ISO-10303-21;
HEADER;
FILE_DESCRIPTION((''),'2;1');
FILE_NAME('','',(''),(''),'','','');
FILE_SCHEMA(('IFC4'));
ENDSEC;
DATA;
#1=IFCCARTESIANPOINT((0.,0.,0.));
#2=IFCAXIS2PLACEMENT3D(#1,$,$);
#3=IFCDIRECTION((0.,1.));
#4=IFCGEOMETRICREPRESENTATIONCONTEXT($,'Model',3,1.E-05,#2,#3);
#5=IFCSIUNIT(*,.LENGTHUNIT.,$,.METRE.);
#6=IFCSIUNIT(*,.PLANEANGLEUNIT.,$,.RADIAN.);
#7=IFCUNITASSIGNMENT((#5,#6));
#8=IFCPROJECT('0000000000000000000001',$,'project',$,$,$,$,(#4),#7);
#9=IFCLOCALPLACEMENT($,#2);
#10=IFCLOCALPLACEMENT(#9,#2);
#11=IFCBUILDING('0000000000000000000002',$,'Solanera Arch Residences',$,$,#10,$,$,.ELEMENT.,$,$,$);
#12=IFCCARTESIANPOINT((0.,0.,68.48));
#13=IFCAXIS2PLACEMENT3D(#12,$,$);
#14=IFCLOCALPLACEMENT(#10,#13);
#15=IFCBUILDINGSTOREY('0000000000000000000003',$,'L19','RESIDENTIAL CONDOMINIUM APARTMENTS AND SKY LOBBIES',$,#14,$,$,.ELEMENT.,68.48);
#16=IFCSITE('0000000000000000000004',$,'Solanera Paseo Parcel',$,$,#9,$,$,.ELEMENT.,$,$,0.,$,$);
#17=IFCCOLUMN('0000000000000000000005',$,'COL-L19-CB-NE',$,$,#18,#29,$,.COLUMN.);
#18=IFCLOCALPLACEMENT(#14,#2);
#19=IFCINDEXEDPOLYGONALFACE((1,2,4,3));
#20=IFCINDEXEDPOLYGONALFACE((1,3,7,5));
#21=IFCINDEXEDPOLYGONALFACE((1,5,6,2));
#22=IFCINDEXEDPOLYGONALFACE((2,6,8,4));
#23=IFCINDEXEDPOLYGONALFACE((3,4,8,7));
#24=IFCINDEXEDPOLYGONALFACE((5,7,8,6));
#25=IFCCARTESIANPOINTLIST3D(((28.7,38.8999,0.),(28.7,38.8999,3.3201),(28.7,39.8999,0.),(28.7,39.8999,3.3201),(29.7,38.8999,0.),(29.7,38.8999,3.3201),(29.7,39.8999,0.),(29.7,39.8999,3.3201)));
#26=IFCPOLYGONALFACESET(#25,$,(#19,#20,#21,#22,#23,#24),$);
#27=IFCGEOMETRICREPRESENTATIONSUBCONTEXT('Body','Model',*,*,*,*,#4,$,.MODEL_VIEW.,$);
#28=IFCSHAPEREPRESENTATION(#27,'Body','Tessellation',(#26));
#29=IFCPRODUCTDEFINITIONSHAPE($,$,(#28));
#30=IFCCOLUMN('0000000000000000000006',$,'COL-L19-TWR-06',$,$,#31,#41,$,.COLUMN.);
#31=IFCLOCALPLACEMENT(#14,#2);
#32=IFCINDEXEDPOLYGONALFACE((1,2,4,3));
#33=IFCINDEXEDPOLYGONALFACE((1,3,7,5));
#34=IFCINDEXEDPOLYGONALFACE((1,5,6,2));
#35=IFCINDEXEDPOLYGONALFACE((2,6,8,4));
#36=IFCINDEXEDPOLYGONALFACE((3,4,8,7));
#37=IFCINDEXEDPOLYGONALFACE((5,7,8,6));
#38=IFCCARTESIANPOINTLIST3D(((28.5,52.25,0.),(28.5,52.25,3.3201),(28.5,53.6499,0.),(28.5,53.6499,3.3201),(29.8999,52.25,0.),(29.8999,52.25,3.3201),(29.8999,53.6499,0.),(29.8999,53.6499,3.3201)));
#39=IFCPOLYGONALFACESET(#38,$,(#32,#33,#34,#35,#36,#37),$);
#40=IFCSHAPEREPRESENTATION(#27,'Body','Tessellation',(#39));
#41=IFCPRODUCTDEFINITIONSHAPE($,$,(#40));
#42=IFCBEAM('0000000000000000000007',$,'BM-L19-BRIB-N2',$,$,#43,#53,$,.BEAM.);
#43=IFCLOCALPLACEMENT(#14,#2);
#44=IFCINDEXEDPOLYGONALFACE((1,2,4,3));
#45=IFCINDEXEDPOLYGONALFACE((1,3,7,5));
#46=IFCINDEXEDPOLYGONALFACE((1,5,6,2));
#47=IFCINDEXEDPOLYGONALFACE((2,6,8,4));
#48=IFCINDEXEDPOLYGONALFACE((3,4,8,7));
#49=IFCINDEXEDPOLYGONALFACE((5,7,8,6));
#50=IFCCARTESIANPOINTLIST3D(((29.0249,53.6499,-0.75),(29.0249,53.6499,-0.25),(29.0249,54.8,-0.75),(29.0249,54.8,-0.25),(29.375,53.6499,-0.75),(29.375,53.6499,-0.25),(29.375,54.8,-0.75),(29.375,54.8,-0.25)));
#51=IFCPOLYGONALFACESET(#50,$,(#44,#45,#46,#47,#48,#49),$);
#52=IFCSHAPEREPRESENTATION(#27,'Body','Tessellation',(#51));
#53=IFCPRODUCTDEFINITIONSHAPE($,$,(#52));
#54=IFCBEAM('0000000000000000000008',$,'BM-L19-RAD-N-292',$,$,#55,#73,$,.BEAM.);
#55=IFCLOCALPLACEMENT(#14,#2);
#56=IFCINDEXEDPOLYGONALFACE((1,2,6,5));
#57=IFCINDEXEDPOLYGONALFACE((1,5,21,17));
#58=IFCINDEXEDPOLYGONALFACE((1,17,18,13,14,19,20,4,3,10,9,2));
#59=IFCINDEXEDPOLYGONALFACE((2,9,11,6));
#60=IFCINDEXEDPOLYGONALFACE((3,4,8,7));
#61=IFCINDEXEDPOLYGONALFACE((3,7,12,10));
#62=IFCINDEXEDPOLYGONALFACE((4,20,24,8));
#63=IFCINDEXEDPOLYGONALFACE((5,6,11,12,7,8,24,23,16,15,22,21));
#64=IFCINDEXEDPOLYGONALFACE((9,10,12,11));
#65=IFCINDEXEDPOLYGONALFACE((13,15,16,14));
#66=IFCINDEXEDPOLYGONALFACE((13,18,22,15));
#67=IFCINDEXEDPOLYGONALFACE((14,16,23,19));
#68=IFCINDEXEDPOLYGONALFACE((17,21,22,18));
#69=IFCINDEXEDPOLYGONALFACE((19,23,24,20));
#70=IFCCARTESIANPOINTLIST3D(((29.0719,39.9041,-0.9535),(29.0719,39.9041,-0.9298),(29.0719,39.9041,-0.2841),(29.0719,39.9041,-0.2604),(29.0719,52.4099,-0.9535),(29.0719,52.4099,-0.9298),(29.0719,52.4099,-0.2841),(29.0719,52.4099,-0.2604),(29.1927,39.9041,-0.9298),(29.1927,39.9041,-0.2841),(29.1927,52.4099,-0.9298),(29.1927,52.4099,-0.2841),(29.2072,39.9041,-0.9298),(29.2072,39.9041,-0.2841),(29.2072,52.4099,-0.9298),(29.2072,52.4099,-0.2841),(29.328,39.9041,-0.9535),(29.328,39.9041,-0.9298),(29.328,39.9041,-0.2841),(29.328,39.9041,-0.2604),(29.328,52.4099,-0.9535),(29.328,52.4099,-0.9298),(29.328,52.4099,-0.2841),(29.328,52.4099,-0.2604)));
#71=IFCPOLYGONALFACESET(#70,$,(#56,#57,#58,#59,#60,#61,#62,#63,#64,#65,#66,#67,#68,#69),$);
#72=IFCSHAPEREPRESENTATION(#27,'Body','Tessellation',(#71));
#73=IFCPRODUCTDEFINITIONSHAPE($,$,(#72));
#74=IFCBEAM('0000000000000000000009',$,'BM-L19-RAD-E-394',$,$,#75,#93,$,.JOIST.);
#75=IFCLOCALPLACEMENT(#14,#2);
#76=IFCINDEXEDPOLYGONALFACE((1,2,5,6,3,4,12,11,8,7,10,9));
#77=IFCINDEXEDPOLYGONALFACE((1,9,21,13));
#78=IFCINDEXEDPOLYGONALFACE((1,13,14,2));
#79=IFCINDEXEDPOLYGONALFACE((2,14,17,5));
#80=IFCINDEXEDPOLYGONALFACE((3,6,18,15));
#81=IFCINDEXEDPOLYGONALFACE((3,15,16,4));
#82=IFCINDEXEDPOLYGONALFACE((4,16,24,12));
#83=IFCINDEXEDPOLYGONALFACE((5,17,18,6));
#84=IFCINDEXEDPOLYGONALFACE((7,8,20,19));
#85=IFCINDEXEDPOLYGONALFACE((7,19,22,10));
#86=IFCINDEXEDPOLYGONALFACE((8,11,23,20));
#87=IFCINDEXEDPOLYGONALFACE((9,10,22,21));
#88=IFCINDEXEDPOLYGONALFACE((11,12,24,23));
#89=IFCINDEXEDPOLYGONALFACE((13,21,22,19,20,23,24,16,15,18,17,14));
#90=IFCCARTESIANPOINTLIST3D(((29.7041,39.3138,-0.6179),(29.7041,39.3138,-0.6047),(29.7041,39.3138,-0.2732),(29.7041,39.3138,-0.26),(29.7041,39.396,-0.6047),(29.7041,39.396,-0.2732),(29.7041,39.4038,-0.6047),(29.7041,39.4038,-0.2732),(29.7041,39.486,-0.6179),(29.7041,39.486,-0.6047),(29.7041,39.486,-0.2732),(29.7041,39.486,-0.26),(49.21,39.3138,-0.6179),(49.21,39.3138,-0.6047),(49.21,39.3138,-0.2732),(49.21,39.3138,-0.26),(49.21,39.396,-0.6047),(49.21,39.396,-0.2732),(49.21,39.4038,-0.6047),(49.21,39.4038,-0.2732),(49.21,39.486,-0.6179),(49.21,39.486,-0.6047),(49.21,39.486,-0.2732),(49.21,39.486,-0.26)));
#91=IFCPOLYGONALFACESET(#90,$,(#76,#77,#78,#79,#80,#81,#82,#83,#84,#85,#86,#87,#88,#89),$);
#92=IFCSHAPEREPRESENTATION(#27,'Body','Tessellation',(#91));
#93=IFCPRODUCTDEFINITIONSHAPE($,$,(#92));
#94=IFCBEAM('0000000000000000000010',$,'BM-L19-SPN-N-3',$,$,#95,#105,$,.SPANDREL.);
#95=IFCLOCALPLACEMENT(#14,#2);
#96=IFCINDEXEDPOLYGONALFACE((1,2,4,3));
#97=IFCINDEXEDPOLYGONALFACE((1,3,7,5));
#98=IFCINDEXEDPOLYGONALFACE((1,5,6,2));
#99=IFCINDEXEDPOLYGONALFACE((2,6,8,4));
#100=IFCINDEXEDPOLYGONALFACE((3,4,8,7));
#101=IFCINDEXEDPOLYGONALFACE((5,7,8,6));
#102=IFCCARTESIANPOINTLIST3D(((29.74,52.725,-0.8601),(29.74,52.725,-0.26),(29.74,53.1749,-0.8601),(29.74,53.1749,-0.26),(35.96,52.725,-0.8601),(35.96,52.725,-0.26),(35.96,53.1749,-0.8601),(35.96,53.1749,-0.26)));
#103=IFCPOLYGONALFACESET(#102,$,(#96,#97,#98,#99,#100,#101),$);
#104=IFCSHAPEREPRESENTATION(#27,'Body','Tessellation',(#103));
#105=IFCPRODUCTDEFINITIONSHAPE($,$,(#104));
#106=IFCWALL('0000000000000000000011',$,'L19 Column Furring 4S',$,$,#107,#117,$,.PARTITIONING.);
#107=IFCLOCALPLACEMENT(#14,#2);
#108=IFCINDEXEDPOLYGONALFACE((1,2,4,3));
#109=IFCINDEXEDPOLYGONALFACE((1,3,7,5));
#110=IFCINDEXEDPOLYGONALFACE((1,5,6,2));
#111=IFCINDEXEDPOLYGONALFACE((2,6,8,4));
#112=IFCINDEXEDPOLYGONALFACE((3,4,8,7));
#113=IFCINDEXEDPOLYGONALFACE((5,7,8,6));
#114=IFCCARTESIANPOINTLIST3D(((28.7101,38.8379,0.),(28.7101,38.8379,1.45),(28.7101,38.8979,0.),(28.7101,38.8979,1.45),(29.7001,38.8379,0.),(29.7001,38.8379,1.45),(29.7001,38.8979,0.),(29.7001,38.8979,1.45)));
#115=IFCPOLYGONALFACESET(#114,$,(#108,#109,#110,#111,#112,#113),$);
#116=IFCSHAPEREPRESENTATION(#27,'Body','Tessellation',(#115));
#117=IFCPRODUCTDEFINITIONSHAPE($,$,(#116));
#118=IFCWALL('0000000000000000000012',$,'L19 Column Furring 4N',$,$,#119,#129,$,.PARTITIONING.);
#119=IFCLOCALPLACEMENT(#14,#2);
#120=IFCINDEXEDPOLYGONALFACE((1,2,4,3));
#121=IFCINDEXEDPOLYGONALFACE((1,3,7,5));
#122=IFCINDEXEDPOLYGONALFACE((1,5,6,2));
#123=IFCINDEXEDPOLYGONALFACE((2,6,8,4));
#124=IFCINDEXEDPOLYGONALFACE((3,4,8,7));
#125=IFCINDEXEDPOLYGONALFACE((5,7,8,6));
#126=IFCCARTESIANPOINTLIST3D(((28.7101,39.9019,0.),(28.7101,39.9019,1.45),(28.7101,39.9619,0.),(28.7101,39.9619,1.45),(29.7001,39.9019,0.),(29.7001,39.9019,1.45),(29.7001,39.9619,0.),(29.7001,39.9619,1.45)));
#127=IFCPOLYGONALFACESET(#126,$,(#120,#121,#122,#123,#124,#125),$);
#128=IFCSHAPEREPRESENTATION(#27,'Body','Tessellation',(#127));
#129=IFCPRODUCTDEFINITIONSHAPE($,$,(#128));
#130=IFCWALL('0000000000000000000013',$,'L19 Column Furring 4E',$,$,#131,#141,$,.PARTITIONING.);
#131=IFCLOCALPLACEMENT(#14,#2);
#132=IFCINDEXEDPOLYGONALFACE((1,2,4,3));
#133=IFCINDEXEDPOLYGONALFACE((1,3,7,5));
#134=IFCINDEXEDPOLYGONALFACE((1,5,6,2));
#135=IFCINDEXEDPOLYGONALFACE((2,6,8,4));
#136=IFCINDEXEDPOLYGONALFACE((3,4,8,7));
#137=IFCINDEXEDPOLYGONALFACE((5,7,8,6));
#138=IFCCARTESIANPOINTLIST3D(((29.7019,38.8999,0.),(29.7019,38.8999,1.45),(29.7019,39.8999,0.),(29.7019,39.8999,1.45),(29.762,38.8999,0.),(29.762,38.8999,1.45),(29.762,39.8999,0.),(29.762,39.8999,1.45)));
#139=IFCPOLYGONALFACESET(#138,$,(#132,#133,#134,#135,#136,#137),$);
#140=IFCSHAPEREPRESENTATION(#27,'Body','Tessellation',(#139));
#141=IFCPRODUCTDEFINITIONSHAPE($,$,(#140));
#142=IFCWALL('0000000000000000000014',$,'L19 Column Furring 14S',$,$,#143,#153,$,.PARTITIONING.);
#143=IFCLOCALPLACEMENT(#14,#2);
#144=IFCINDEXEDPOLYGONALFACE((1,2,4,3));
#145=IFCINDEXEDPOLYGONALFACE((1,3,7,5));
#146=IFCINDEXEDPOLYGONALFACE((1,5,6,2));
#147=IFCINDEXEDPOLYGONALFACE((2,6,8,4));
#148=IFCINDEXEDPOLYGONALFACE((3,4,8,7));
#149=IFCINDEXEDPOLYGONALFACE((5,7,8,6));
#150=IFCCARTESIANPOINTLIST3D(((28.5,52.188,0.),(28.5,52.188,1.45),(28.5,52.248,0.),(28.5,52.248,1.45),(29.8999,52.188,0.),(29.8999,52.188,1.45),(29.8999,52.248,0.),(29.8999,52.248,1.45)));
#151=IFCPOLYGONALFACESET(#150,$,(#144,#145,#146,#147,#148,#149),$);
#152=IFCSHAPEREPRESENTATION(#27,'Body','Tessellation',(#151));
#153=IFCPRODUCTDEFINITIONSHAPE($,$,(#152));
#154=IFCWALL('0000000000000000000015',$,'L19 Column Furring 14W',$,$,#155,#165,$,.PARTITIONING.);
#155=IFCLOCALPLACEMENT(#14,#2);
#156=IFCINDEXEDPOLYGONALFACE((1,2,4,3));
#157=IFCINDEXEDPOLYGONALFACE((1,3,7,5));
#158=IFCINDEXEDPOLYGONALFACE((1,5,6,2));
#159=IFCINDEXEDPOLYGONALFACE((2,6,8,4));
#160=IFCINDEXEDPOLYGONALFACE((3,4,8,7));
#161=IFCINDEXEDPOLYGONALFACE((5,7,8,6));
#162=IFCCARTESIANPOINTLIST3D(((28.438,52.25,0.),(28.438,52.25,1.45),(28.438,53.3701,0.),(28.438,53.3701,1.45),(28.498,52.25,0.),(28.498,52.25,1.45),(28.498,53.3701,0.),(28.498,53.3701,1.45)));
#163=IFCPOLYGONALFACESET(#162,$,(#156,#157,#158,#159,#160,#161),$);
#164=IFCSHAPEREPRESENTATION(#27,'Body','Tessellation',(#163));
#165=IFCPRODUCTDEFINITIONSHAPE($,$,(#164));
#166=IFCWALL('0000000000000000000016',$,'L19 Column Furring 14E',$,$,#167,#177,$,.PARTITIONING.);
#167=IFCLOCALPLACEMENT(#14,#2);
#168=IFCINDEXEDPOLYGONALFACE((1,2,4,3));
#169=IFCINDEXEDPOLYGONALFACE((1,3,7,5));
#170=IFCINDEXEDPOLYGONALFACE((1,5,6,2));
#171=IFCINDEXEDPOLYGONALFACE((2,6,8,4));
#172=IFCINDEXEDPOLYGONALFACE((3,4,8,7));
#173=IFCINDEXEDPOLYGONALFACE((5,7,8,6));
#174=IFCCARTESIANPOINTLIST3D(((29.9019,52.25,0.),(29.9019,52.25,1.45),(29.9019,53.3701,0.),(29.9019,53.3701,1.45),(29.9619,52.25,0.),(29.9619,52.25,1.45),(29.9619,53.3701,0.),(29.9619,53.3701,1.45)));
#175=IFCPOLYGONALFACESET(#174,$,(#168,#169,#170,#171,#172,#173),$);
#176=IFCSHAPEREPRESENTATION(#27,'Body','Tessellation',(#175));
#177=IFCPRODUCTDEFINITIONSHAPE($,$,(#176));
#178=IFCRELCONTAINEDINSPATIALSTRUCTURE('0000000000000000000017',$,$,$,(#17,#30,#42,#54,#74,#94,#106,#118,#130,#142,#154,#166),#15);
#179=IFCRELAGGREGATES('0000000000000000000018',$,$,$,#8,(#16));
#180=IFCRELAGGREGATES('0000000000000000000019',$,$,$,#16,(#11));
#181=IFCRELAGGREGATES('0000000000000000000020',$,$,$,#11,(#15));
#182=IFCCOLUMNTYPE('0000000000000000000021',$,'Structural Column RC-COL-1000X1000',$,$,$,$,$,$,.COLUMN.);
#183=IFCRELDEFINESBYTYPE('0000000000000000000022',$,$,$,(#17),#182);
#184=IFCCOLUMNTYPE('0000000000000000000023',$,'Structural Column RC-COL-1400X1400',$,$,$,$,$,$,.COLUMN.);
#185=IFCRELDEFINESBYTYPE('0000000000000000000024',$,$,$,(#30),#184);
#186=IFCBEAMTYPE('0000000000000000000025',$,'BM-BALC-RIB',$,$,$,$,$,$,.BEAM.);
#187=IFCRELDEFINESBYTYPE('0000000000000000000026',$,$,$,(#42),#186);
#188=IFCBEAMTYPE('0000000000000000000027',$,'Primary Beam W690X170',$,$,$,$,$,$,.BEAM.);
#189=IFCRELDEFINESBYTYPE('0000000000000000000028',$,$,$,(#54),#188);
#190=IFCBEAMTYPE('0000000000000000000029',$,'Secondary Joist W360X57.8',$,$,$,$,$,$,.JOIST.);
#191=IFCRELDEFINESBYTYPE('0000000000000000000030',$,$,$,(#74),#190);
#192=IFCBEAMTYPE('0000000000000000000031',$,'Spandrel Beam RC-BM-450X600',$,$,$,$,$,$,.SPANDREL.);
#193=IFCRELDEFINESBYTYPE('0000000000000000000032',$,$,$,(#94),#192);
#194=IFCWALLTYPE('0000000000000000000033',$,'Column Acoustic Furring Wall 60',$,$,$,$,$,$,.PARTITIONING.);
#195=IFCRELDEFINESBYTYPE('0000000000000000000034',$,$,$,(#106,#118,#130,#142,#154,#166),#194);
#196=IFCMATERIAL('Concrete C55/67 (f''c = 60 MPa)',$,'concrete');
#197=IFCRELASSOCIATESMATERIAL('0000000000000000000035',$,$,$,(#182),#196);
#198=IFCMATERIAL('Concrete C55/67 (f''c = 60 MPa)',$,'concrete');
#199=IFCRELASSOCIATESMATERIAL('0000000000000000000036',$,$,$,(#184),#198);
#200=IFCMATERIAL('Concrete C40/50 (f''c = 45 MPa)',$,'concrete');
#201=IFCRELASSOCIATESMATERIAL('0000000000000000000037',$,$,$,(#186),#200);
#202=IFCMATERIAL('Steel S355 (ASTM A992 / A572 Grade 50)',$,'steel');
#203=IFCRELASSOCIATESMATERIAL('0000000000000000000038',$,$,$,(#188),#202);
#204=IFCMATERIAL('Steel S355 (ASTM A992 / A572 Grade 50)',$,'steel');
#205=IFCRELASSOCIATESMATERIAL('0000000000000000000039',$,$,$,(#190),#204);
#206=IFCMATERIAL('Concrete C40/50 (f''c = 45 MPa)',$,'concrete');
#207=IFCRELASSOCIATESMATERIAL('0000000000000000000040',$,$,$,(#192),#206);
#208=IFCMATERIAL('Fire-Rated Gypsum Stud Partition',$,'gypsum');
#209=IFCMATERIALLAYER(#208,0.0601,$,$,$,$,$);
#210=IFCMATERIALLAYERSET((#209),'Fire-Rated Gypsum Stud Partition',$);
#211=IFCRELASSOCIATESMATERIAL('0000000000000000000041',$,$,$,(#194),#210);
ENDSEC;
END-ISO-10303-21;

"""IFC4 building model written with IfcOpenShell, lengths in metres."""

from ifc_helpers import new_model, si_unit, direction, frame, frame_2d, origin, origin_2d, place, context, subcontext, project, spatial, rectangle, i_section, extrude, material, layer, layer_set, material_profile, profile_set, type_object, element, save


model = new_model("IFC4")

# Units and contexts
model_context = context("Model", 3, precision=1e-05, world=origin(), true_north=direction((0.0, 1.0)))
body_context = subcontext(model_context, "Body", "Model", "MODEL_VIEW")
ifc_project = project(units=[si_unit("LENGTHUNIT", "METRE"), si_unit("PLANEANGLEUNIT", "RADIAN")], contexts=[model_context])

# Site, building, storey
site_placement = place(None, origin())
site = spatial("IfcSite", under=ifc_project, at=site_placement, Name="Solanera Paseo Parcel", CompositionType="ELEMENT", RefElevation=0.0)
building_placement = place(site_placement, origin())
building = spatial("IfcBuilding", under=site, at=building_placement, Name="Solanera Arch Residences", CompositionType="ELEMENT")
storey_placement = place(building_placement, frame((0.0, 0.0, 68.48)))
storey = spatial("IfcBuildingStorey", under=building, at=storey_placement, Name="L19", Description="RESIDENTIAL CONDOMINIUM APARTMENTS AND SKY LOBBIES", CompositionType="ELEMENT", Elevation=68.48)

# Columns
ifc_material_1 = material(Name="Concrete C55/67 (f'c = 60 MPa)", Category="concrete")
ifc_material_profile_1 = material_profile(ifc_material_1, rectangle(XDim=1.0, YDim=1.0, at=origin_2d()))
ifc_profile_set_1 = profile_set([ifc_material_profile_1], Name="Concrete C55/67 (f'c = 60 MPa)")
column_type_1 = type_object("IfcColumnType", Name="Structural Column RC-COL-1000X1000", PredefinedType="COLUMN", material=ifc_profile_set_1)
column_1_placement = place(storey_placement, frame((29.2, 39.3999, 0.0), z_axis=(0.0, 0.0, 1.0), x_axis=(1.0, 0.0, 0.0)))
element("IfcColumn", 1, at=column_1_placement, inside=storey, type_object=column_type_1, Name="COL-L19-CB-NE", PredefinedType="COLUMN", context=body_context, shape_type="SweptSolid", body=[
    extrude(rectangle(XDim=1.0, YDim=1.0, at=origin_2d()), origin(), (0.0, 0.0, 1.0), 3.3201),
])
ifc_material_2 = material(Name="Concrete C55/67 (f'c = 60 MPa)", Category="concrete")
ifc_material_profile_2 = material_profile(ifc_material_2, rectangle(XDim=1.3999, YDim=1.3999, at=origin_2d()))
ifc_profile_set_2 = profile_set([ifc_material_profile_2], Name="Concrete C55/67 (f'c = 60 MPa)")
column_type_2 = type_object("IfcColumnType", Name="Structural Column RC-COL-1400X1400", PredefinedType="COLUMN", material=ifc_profile_set_2)
column_2_placement = place(storey_placement, frame((29.2, 52.95, 0.0), z_axis=(0.0, 0.0, 1.0), x_axis=(1.0, 0.0, 0.0)))
element("IfcColumn", 2, at=column_2_placement, inside=storey, type_object=column_type_2, Name="COL-L19-TWR-06", PredefinedType="COLUMN", context=body_context, shape_type="SweptSolid", body=[
    extrude(rectangle(XDim=1.3999, YDim=1.3999, at=origin_2d()), origin(), (0.0, 0.0, 1.0), 3.3201),
])

# Beams
ifc_material_3 = material(Name="Concrete C40/50 (f'c = 45 MPa)", Category="concrete")
ifc_material_profile_3 = material_profile(ifc_material_3, rectangle(XDim=0.3501, YDim=0.5, at=origin_2d()))
ifc_profile_set_3 = profile_set([ifc_material_profile_3], Name="Concrete C40/50 (f'c = 45 MPa)")
beam_type_1 = type_object("IfcBeamType", Name="BM-BALC-RIB", PredefinedType="BEAM", material=ifc_profile_set_3)
beam_1_placement = place(storey_placement, frame((29.2, 53.6499, -0.5), z_axis=(0.0, 1.0, 0.0), x_axis=(-1.0, 0.0, 0.0)))
element("IfcBeam", 3, at=beam_1_placement, inside=storey, type_object=beam_type_1, Name="BM-L19-BRIB-N2", PredefinedType="BEAM", context=body_context, shape_type="SweptSolid", body=[
    extrude(rectangle(XDim=0.3501, YDim=0.5, at=origin_2d()), origin(), (0.0, 0.0, 1.0), 1.1501),
])
ifc_material_4 = material(Name="Steel S355 (ASTM A992 / A572 Grade 50)", Category="steel")
ifc_material_profile_4 = material_profile(ifc_material_4, i_section(OverallWidth=0.2561, OverallDepth=0.6931, WebThickness=0.0144, FlangeThickness=0.0237, at=origin_2d()))
ifc_profile_set_4 = profile_set([ifc_material_profile_4], Name="Steel S355 (ASTM A992 / A572 Grade 50)")
beam_type_2 = type_object("IfcBeamType", Name="Primary Beam W690X170", PredefinedType="BEAM", material=ifc_profile_set_4)
beam_2_placement = place(storey_placement, frame((29.2, 39.9041, -0.6069), z_axis=(0.0, 1.0, 0.0), x_axis=(-1.0, 0.0, 0.0)))
element("IfcBeam", 4, at=beam_2_placement, inside=storey, type_object=beam_type_2, Name="BM-L19-RAD-N-292", PredefinedType="BEAM", context=body_context, shape_type="SweptSolid", body=[
    extrude(i_section(OverallWidth=0.2561, OverallDepth=0.6931, WebThickness=0.0144, FlangeThickness=0.0237, at=origin_2d()), origin(), (0.0, 0.0, 1.0), 12.5059),
])
ifc_material_5 = material(Name="Steel S355 (ASTM A992 / A572 Grade 50)", Category="steel")
ifc_material_profile_5 = material_profile(ifc_material_5, i_section(OverallWidth=0.1721, OverallDepth=0.3579, WebThickness=0.0078, FlangeThickness=0.0132, at=origin_2d()))
ifc_profile_set_5 = profile_set([ifc_material_profile_5], Name="Steel S355 (ASTM A992 / A572 Grade 50)")
beam_type_3 = type_object("IfcBeamType", Name="Secondary Joist W360X57.8", PredefinedType="JOIST", material=ifc_profile_set_5)
beam_3_placement = place(storey_placement, frame((29.7041, 39.3999, -0.439), z_axis=(1.0, 0.0, 0.0), x_axis=(0.0, 1.0, 0.0)))
element("IfcBeam", 5, at=beam_3_placement, inside=storey, type_object=beam_type_3, Name="BM-L19-RAD-E-394", PredefinedType="JOIST", context=body_context, shape_type="SweptSolid", body=[
    extrude(i_section(OverallWidth=0.1721, OverallDepth=0.3579, WebThickness=0.0078, FlangeThickness=0.0132, at=origin_2d()), origin(), (0.0, 0.0, 1.0), 19.5059),
])
ifc_material_6 = material(Name="Concrete C40/50 (f'c = 45 MPa)", Category="concrete")
ifc_material_profile_6 = material_profile(ifc_material_6, rectangle(XDim=0.45, YDim=0.6001, at=origin_2d()))
ifc_profile_set_6 = profile_set([ifc_material_profile_6], Name="Concrete C40/50 (f'c = 45 MPa)")
beam_type_4 = type_object("IfcBeamType", Name="Spandrel Beam RC-BM-450X600", PredefinedType="SPANDREL", material=ifc_profile_set_6)
beam_4_placement = place(storey_placement, frame((29.74, 52.95, -0.5601), z_axis=(1.0, 0.0, 0.0), x_axis=(0.0, 1.0, 0.0)))
element("IfcBeam", 6, at=beam_4_placement, inside=storey, type_object=beam_type_4, Name="BM-L19-SPN-N-3", PredefinedType="SPANDREL", context=body_context, shape_type="SweptSolid", body=[
    extrude(rectangle(XDim=0.45, YDim=0.6001, at=origin_2d()), origin(), (0.0, 0.0, 1.0), 6.22),
])

# Walls
ifc_material_7 = material(Name="Fire-Rated Gypsum Stud Partition", Category="gypsum")
ifc_layer_1 = layer(ifc_material_7, 0.0601)
ifc_layer_set_1 = layer_set([ifc_layer_1], Name="Fire-Rated Gypsum Stud Partition")
wall_type_1 = type_object("IfcWallType", Name="Column Acoustic Furring Wall 60", PredefinedType="PARTITIONING", material=ifc_layer_set_1)
for number, where, z_axis, x_axis, name in (
    (7, (28.71, 38.8679, 0.0), (0.0, 0.0, 1.0), (1.0, 0.0, 0.0), "L19 Column Furring 4S"),
    (8, (28.71, 39.9319, 0.0), (0.0, 0.0, 1.0), (1.0, 0.0, 0.0), "L19 Column Furring 4N"),
):
    element("IfcWall", number, at=place(storey_placement, frame(where, z_axis=z_axis, x_axis=x_axis)), inside=storey, type_object=wall_type_1, Name=name, PredefinedType="PARTITIONING", context=body_context, shape_type="SweptSolid", body=[
        extrude(rectangle(XDim=0.99, YDim=0.0601, at=frame_2d((0.4951, 0.0))), origin(), (0.0, 0.0, 1.0), 1.45),
    ])
wall_1_placement = place(storey_placement, frame((29.7319, 38.8999, 0.0), z_axis=(0.0, 0.0, 1.0), x_axis=(0.0, 1.0, 0.0)))
element("IfcWall", 9, at=wall_1_placement, inside=storey, type_object=wall_type_1, Name="L19 Column Furring 4E", PredefinedType="PARTITIONING", context=body_context, shape_type="SweptSolid", body=[
    extrude(rectangle(XDim=1.0, YDim=0.0601, at=frame_2d((0.5, 0.0))), origin(), (0.0, 0.0, 1.0), 1.45),
])
wall_2_placement = place(storey_placement, frame((28.5, 52.218, 0.0), z_axis=(0.0, 0.0, 1.0), x_axis=(1.0, 0.0, 0.0)))
element("IfcWall", 10, at=wall_2_placement, inside=storey, type_object=wall_type_1, Name="L19 Column Furring 14S", PredefinedType="PARTITIONING", context=body_context, shape_type="SweptSolid", body=[
    extrude(rectangle(XDim=1.3999, YDim=0.0601, at=frame_2d((0.7, 0.0))), origin(), (0.0, 0.0, 1.0), 1.45),
])
for number, where, z_axis, x_axis, name in (
    (11, (28.468, 52.25, 0.0), (0.0, 0.0, 1.0), (0.0, 1.0, 0.0), "L19 Column Furring 14W"),
    (12, (29.9319, 52.25, 0.0), (0.0, 0.0, 1.0), (0.0, 1.0, 0.0), "L19 Column Furring 14E"),
):
    element("IfcWall", number, at=place(storey_placement, frame(where, z_axis=z_axis, x_axis=x_axis)), inside=storey, type_object=wall_type_1, Name=name, PredefinedType="PARTITIONING", context=body_context, shape_type="SweptSolid", body=[
        extrude(rectangle(XDim=1.1201, YDim=0.0601, at=frame_2d((0.5601, 0.0))), origin(), (0.0, 0.0, 1.0), 1.45),
    ])

save(model, "model.ifc")
